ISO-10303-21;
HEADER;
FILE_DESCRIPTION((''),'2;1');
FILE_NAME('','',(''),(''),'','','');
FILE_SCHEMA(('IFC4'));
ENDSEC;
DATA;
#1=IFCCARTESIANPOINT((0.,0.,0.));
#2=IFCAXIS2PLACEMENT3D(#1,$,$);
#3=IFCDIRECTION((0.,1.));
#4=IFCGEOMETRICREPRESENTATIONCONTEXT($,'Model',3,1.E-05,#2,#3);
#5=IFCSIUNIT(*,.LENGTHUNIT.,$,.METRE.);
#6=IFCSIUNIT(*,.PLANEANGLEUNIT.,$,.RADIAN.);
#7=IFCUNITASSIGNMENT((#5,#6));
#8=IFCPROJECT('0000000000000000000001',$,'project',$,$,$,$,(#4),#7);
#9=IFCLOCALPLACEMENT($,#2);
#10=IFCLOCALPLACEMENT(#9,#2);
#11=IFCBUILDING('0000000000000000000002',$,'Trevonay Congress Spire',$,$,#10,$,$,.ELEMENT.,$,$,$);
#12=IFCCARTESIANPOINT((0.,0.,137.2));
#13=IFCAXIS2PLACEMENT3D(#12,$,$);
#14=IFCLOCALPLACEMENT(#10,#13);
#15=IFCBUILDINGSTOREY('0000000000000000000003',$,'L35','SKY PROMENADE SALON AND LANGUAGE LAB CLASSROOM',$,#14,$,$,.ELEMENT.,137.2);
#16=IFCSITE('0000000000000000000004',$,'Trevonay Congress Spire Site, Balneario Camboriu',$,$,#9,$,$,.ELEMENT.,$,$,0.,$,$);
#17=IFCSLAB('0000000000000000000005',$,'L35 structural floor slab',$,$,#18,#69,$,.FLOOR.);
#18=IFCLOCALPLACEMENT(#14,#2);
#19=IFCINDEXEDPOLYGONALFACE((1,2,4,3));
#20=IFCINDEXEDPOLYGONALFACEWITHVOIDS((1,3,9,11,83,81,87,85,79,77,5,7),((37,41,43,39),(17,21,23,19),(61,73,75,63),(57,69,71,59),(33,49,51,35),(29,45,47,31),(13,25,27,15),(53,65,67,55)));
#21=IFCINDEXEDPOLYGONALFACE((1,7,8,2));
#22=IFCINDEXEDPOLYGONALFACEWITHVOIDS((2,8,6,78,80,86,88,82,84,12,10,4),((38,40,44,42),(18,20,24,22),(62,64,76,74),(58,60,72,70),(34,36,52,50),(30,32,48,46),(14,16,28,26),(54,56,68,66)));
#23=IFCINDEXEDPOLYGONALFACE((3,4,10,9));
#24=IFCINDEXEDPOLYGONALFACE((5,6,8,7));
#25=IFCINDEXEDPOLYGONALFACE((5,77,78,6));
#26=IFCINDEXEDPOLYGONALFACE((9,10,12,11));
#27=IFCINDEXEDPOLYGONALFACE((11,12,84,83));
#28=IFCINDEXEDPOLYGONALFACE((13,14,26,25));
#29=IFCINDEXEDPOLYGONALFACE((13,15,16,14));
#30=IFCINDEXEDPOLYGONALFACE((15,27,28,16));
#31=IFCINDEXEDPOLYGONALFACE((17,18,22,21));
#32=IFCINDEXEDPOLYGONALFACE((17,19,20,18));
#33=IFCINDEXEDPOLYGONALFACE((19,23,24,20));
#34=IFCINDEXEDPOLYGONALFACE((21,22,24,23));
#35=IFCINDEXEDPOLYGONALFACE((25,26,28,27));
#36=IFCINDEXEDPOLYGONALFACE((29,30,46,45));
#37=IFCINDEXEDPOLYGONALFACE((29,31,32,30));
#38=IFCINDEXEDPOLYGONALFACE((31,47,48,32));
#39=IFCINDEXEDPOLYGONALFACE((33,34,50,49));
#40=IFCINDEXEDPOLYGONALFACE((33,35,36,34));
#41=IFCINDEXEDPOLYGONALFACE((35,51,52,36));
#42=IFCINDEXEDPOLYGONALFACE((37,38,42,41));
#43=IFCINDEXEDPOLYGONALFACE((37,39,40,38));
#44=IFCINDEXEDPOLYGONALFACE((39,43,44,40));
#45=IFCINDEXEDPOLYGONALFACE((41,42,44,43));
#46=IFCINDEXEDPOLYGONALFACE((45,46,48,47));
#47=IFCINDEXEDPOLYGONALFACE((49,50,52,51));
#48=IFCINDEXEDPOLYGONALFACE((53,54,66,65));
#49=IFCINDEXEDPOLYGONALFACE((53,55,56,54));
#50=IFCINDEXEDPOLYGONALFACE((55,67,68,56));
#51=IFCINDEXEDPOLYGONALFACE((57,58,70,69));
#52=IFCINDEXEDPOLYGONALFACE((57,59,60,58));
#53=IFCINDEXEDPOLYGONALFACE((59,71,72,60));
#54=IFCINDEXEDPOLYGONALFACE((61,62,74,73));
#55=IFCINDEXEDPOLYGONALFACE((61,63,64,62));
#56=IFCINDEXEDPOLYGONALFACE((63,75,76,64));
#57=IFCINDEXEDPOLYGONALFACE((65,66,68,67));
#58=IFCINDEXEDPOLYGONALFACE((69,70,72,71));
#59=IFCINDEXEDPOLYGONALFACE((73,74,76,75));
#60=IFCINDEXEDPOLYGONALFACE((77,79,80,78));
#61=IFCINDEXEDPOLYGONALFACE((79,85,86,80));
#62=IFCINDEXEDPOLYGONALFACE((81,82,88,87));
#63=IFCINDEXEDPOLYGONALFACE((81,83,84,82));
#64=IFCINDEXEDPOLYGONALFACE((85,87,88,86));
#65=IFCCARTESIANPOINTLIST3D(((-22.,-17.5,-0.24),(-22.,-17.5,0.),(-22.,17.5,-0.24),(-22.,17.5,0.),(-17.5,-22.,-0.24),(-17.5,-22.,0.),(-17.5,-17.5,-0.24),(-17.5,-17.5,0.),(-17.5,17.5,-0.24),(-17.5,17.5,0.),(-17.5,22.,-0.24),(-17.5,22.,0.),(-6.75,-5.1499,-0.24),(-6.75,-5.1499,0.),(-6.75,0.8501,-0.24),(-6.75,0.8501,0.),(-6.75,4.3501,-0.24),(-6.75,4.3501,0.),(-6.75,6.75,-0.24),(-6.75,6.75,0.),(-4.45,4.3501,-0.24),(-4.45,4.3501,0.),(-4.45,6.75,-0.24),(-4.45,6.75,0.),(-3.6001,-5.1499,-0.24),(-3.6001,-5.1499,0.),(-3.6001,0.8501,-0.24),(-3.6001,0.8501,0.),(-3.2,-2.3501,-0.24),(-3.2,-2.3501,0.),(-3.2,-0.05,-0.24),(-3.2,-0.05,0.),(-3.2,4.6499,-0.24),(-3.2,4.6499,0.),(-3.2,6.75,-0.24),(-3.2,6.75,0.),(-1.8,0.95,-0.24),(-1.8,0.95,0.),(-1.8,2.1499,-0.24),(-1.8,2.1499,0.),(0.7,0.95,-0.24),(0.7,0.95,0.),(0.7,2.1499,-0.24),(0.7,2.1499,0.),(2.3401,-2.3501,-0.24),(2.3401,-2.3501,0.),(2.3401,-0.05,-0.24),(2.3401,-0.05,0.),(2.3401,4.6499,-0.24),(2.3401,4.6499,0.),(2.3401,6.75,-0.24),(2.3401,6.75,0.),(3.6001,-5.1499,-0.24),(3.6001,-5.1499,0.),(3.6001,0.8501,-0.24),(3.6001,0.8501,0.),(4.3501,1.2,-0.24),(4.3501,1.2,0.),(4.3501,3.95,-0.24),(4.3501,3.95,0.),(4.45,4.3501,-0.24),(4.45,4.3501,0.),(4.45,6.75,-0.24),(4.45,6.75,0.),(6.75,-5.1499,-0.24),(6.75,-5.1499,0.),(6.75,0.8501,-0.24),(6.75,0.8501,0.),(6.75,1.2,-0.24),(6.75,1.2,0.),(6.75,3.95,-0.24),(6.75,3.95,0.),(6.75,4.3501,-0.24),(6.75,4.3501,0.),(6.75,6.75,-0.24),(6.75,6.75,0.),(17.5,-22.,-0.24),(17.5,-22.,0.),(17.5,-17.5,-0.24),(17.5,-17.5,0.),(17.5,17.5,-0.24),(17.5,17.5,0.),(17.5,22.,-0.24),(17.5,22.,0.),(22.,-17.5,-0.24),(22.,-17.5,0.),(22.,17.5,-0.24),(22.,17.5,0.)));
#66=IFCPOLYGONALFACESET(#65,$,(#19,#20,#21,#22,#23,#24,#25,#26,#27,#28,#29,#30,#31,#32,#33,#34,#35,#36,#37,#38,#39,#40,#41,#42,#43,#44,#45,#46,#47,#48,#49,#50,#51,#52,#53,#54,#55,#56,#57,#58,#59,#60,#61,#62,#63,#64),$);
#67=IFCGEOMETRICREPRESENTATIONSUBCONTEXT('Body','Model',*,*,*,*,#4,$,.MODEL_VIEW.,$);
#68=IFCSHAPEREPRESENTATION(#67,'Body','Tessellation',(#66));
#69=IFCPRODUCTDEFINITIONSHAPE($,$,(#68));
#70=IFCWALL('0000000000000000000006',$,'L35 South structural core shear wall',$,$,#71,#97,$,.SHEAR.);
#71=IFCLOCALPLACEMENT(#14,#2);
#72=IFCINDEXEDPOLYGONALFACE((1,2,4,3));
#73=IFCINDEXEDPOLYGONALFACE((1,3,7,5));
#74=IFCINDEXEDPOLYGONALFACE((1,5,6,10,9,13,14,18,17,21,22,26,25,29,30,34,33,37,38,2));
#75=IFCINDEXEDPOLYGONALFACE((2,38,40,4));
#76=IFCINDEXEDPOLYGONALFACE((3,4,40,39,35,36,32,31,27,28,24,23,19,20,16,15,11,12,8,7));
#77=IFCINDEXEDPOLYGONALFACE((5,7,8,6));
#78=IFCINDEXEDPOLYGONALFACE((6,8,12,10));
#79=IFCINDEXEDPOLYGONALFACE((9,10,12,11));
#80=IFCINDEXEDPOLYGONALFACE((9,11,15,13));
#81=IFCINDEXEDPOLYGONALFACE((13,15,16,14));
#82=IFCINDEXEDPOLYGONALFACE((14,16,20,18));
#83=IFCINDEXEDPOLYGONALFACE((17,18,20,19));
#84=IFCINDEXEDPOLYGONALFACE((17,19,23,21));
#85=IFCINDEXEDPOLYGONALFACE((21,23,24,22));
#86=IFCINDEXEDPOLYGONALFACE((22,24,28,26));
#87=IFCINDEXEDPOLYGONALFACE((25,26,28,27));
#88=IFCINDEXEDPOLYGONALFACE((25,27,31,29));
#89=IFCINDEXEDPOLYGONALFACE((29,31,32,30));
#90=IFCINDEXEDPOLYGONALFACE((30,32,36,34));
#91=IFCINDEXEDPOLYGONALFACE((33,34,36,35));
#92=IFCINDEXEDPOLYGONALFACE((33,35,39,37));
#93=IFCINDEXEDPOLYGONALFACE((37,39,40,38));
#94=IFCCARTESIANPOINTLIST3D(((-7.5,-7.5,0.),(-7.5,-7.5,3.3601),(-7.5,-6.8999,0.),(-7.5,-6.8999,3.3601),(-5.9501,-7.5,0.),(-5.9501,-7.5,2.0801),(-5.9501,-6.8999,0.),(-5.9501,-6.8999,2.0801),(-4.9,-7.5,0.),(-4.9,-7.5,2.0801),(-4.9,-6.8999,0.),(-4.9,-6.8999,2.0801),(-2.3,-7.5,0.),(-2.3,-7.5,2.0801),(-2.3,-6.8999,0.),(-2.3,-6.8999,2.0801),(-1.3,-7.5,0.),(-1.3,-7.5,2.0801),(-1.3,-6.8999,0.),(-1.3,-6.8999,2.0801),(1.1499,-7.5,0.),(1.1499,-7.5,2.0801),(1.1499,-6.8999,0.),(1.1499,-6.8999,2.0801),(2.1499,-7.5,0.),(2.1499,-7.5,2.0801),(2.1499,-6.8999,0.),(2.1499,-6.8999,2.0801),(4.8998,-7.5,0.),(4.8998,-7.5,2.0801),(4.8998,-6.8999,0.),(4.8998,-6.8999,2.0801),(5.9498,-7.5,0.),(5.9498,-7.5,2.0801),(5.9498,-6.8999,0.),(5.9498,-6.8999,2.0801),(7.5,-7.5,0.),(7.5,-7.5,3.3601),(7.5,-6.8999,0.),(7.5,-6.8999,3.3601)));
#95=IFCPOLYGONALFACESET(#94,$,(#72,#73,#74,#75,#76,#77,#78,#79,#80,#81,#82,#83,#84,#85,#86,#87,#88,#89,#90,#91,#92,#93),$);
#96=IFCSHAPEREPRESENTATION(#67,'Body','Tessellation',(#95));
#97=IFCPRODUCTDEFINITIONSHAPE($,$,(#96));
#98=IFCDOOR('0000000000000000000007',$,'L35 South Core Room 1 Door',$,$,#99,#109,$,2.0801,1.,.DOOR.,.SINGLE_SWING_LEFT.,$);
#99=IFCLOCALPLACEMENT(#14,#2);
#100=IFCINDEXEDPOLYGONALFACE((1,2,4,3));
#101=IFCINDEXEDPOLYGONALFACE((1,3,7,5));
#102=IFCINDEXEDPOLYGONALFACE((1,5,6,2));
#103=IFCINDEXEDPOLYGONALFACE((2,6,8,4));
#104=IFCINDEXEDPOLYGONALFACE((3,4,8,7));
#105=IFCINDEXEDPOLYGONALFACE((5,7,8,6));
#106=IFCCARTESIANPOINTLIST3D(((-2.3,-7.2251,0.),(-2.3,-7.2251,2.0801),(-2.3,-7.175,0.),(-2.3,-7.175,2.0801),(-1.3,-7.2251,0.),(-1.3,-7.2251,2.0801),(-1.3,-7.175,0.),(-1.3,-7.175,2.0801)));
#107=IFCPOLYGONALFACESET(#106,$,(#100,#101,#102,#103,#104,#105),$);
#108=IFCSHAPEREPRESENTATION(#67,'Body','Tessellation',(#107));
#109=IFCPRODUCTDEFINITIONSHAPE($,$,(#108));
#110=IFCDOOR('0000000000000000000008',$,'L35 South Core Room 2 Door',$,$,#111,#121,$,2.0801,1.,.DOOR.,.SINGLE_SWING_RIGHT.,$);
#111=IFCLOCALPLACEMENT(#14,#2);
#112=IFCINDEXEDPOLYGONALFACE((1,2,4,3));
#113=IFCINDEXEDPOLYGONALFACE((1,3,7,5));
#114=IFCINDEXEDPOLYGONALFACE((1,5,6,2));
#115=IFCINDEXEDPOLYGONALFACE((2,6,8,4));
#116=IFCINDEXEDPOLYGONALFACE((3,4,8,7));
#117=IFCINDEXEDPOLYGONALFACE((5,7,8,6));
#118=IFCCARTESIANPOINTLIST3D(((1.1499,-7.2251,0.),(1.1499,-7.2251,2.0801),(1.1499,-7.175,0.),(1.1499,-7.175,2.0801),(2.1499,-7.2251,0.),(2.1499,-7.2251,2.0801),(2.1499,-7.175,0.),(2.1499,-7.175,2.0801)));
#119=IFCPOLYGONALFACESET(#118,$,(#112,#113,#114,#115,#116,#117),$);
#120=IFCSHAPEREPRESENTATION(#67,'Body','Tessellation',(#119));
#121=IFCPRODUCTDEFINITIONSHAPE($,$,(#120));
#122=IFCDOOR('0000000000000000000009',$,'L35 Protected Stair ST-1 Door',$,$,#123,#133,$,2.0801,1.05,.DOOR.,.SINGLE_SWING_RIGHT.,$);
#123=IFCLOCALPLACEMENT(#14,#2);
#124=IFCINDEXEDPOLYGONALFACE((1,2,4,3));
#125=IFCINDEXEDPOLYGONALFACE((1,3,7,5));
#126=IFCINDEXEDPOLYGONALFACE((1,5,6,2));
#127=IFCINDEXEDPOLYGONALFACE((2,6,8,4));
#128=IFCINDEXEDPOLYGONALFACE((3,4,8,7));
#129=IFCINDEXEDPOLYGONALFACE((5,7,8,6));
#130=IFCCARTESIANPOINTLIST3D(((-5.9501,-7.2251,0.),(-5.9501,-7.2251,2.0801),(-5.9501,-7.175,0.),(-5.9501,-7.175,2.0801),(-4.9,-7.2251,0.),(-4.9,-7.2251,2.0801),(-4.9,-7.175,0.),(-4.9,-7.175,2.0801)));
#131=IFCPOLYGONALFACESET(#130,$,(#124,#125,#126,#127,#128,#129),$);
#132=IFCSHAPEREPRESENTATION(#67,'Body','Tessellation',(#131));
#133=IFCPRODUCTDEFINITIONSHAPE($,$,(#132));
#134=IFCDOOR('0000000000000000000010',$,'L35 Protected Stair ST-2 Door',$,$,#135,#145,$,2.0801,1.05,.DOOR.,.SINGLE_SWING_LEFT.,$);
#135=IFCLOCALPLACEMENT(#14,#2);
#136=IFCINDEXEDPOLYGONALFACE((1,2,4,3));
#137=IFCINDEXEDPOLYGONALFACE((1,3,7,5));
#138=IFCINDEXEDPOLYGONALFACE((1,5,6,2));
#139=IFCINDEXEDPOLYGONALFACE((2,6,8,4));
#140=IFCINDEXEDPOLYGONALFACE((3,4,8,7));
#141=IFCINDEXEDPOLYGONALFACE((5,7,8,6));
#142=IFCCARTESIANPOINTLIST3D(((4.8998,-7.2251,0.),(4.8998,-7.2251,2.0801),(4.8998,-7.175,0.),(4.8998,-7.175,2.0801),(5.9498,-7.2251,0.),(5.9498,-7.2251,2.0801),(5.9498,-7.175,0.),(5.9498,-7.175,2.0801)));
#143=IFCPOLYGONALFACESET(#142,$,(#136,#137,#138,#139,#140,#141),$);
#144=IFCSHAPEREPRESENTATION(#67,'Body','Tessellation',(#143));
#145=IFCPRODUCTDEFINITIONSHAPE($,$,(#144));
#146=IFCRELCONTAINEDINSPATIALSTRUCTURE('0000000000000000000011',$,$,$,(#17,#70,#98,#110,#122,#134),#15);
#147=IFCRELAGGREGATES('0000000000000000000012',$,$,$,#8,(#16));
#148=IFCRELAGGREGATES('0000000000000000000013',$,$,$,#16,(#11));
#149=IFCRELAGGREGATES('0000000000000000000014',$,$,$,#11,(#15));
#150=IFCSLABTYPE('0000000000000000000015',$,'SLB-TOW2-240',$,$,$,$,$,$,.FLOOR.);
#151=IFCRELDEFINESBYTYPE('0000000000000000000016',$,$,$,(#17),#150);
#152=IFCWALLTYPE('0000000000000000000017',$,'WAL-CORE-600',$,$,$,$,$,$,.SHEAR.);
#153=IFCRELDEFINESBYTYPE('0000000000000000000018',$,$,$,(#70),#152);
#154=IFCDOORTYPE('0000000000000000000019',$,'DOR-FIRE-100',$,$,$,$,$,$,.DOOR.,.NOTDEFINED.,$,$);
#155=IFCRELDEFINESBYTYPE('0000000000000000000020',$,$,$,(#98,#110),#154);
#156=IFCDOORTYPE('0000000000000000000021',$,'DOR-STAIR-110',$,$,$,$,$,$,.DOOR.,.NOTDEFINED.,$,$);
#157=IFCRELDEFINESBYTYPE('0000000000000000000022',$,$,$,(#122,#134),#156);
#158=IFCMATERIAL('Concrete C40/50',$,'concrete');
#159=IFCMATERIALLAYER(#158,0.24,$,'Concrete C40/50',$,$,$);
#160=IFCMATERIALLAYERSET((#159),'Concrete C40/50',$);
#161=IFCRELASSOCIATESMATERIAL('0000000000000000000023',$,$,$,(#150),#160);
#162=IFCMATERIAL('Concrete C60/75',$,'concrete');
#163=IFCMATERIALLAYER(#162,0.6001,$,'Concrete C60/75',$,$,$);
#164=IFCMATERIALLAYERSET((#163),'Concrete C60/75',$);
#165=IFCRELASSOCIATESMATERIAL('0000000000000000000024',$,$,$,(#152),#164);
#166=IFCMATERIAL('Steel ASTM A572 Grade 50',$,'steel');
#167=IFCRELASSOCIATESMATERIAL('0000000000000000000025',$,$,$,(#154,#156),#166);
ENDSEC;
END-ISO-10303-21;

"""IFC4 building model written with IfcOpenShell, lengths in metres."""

from ifc_helpers import new_model, si_unit, direction, frame, frame_2d, origin, place, context, subcontext, project, spatial, polyline, rectangle, outline, extrude, material, layer, layer_set, type_object, element, fill, save


model = new_model("IFC4")

# Units and contexts
model_context = context("Model", 3, precision=1e-05, world=origin(), true_north=direction((0.0, 1.0)))
body_context = subcontext(model_context, "Body", "Model", "MODEL_VIEW")
ifc_project = project(units=[si_unit("LENGTHUNIT", "METRE"), si_unit("PLANEANGLEUNIT", "RADIAN")], contexts=[model_context])

# Site, building, storey
site_placement = place(None, origin())
site = spatial("IfcSite", under=ifc_project, at=site_placement, Name="Trevonay Congress Spire Site, Balneario Camboriu", CompositionType="ELEMENT", RefElevation=0.0)
building_placement = place(site_placement, origin())
building = spatial("IfcBuilding", under=site, at=building_placement, Name="Trevonay Congress Spire", CompositionType="ELEMENT")
storey_placement = place(building_placement, frame((0.0, 0.0, 137.2)))
storey = spatial("IfcBuildingStorey", under=building, at=storey_placement, Name="L35", Description="SKY PROMENADE SALON AND LANGUAGE LAB CLASSROOM", CompositionType="ELEMENT", Elevation=137.2)

# Shared definitions
ifc_material_1 = material(Name="Steel ASTM A572 Grade 50", Category="steel")

# Slab
ifc_material_2 = material(Name="Concrete C40/50", Category="concrete")
ifc_layer_1 = layer(ifc_material_2, 0.24, Name="Concrete C40/50")
ifc_layer_set_1 = layer_set([ifc_layer_1], Name="Concrete C40/50")
slab_type = type_object("IfcSlabType", Name="SLB-TOW2-240", PredefinedType="FLOOR", material=ifc_layer_set_1)
slab_placement = place(storey_placement, frame((0.0, 0.0, -0.24)))
element("IfcSlab", 1, at=slab_placement, inside=storey, type_object=slab_type, Name="L35 structural floor slab", PredefinedType="FLOOR", context=body_context, shape_type="SweptSolid", body=[
    extrude(outline(polyline([(-17.5, -22.0), (17.5, -22.0), (17.5, -17.5), (22.0, -17.5), (22.0, 17.5), (17.5, 17.5), (17.5, 22.0), (-17.5, 22.0), (-17.5, 17.5), (-22.0, 17.5), (-22.0, -17.5), (-17.5, -17.5), (-17.5, -22.0)]), holes=[polyline([(-3.6001, -5.1499), (-3.6001, 0.8501), (-6.75, 0.8501), (-6.75, -5.1499), (-3.6001, -5.1499)]), polyline([(6.75, -5.1499), (6.75, 0.8501), (3.6001, 0.8501), (3.6001, -5.1499), (6.75, -5.1499)]), polyline([(-3.2, -2.3501), (2.3401, -2.3501), (2.3401, -0.05), (-3.2, -0.05), (-3.2, -2.3501)]), polyline([(-3.2, 4.6499), (2.3401, 4.6499), (2.3401, 6.75), (-3.2, 6.75), (-3.2, 4.6499)]), polyline([(-6.75, 4.3501), (-4.45, 4.3501), (-4.45, 6.75), (-6.75, 6.75), (-6.75, 4.3501)]), polyline([(4.45, 4.3501), (6.75, 4.3501), (6.75, 6.75), (4.45, 6.75), (4.45, 4.3501)]), polyline([(4.3501, 1.2), (6.75, 1.2), (6.75, 3.95), (4.3501, 3.95), (4.3501, 1.2)]), polyline([(-1.8, 0.95), (0.7, 0.95), (0.7, 2.1499), (-1.8, 2.1499), (-1.8, 0.95)])]), origin(), (0.0, 0.0, 1.0), 0.24),
])

# Wall, openings, doors
ifc_material_3 = material(Name="Concrete C60/75", Category="concrete")
ifc_layer_2 = layer(ifc_material_3, 0.6001, Name="Concrete C60/75")
ifc_layer_set_2 = layer_set([ifc_layer_2], Name="Concrete C60/75")
wall_type_1 = type_object("IfcWallType", Name="WAL-CORE-600", PredefinedType="SHEAR", material=ifc_layer_set_2)
wall_1_placement = place(storey_placement, frame((-7.5, -7.2, 0.0), z_axis=(0.0, 0.0, 1.0), x_axis=(1.0, 0.0, 0.0)))
wall_1 = element("IfcWall", 2, at=wall_1_placement, inside=storey, type_object=wall_type_1, Name="L35 South structural core shear wall", PredefinedType="SHEAR", context=body_context, shape_type="SweptSolid", body=[
    extrude(rectangle(XDim=15.0, YDim=0.6001, at=frame_2d((7.5, 0.0))), origin(), (0.0, 0.0, 1.0), 3.3601),
])
opening_1_placement = place(wall_1_placement, frame((1.55, 0.0, 0.0)))
opening_1 = element("IfcOpeningElement", 3, at=opening_1_placement, cuts=wall_1, PredefinedType="OPENING", context=body_context, shape_type="SweptSolid", body=[
    extrude(rectangle(XDim=1.05, YDim=2.0801, at=frame_2d((0.5249, 1.04))), frame((0.0, 0.3101, 0.0), z_axis=(0.0, -1.0, 0.0), x_axis=(1.0, 0.0, 0.0)), (0.0, 0.0, 1.0), 0.6201),
])
opening_2_placement = place(wall_1_placement, frame((12.3999, 0.0, 0.0)))
opening_2 = element("IfcOpeningElement", 4, at=opening_2_placement, cuts=wall_1, PredefinedType="OPENING", context=body_context, shape_type="SweptSolid", body=[
    extrude(rectangle(XDim=1.05, YDim=2.0801, at=frame_2d((0.5249, 1.04))), frame((0.0, 0.3101, 0.0), z_axis=(0.0, -1.0, 0.0), x_axis=(1.0, 0.0, 0.0)), (0.0, 0.0, 1.0), 0.6201),
])
opening_3_placement = place(wall_1_placement, frame((5.2, 0.0, 0.0)))
opening_3 = element("IfcOpeningElement", 5, at=opening_3_placement, cuts=wall_1, PredefinedType="OPENING", context=body_context, shape_type="SweptSolid", body=[
    extrude(rectangle(XDim=1.0, YDim=2.0801, at=frame_2d((0.5, 1.04))), frame((0.0, 0.3101, 0.0), z_axis=(0.0, -1.0, 0.0), x_axis=(1.0, 0.0, 0.0)), (0.0, 0.0, 1.0), 0.6201),
])
opening_4_placement = place(wall_1_placement, frame((8.6499, 0.0, 0.0)))
opening_4 = element("IfcOpeningElement", 6, at=opening_4_placement, cuts=wall_1, PredefinedType="OPENING", context=body_context, shape_type="SweptSolid", body=[
    extrude(rectangle(XDim=1.0, YDim=2.0801, at=frame_2d((0.5, 1.04))), frame((0.0, 0.3101, 0.0), z_axis=(0.0, -1.0, 0.0), x_axis=(1.0, 0.0, 0.0)), (0.0, 0.0, 1.0), 0.6201),
])
door_type_1 = type_object("IfcDoorType", Name="DOR-FIRE-100", OperationType="NOTDEFINED", PredefinedType="DOOR", material=ifc_material_1)
door_1_placement = place(opening_3_placement, origin())
door_1 = element("IfcDoor", 7, at=door_1_placement, inside=storey, type_object=door_type_1, Name="L35 South Core Room 1 Door", OperationType="SINGLE_SWING_LEFT", OverallHeight=2.0801, OverallWidth=1.0, PredefinedType="DOOR", context=body_context, shape_type="SweptSolid", body=[
    extrude(rectangle(XDim=1.0, YDim=2.0801, at=frame_2d((0.5, 1.04))), frame((0.0, 0.0249, 0.0), z_axis=(0.0, -1.0, 0.0), x_axis=(1.0, 0.0, 0.0)), (0.0, 0.0, 1.0), 0.05),
])
fill(opening_3, door_1)
door_2_placement = place(opening_4_placement, origin())
door_2 = element("IfcDoor", 8, at=door_2_placement, inside=storey, type_object=door_type_1, Name="L35 South Core Room 2 Door", OperationType="SINGLE_SWING_RIGHT", OverallHeight=2.0801, OverallWidth=1.0, PredefinedType="DOOR", context=body_context, shape_type="SweptSolid", body=[
    extrude(rectangle(XDim=1.0, YDim=2.0801, at=frame_2d((0.5, 1.04))), frame((0.0, 0.0249, 0.0), z_axis=(0.0, -1.0, 0.0), x_axis=(1.0, 0.0, 0.0)), (0.0, 0.0, 1.0), 0.05),
])
fill(opening_4, door_2)
door_type_2 = type_object("IfcDoorType", Name="DOR-STAIR-110", OperationType="NOTDEFINED", PredefinedType="DOOR", material=ifc_material_1)
door_3_placement = place(opening_1_placement, origin())
door_3 = element("IfcDoor", 9, at=door_3_placement, inside=storey, type_object=door_type_2, Name="L35 Protected Stair ST-1 Door", OperationType="SINGLE_SWING_RIGHT", OverallHeight=2.0801, OverallWidth=1.05, PredefinedType="DOOR", context=body_context, shape_type="SweptSolid", body=[
    extrude(rectangle(XDim=1.05, YDim=2.0801, at=frame_2d((0.5249, 1.04))), frame((0.0, 0.0249, 0.0), z_axis=(0.0, -1.0, 0.0), x_axis=(1.0, 0.0, 0.0)), (0.0, 0.0, 1.0), 0.05),
])
fill(opening_1, door_3)
door_4_placement = place(opening_2_placement, origin())
door_4 = element("IfcDoor", 10, at=door_4_placement, inside=storey, type_object=door_type_2, Name="L35 Protected Stair ST-2 Door", OperationType="SINGLE_SWING_LEFT", OverallHeight=2.0801, OverallWidth=1.05, PredefinedType="DOOR", context=body_context, shape_type="SweptSolid", body=[
    extrude(rectangle(XDim=1.05, YDim=2.0801, at=frame_2d((0.5249, 1.04))), frame((0.0, 0.0249, 0.0), z_axis=(0.0, -1.0, 0.0), x_axis=(1.0, 0.0, 0.0)), (0.0, 0.0, 1.0), 0.05),
])
fill(opening_2, door_4)

save(model, "model.ifc")
